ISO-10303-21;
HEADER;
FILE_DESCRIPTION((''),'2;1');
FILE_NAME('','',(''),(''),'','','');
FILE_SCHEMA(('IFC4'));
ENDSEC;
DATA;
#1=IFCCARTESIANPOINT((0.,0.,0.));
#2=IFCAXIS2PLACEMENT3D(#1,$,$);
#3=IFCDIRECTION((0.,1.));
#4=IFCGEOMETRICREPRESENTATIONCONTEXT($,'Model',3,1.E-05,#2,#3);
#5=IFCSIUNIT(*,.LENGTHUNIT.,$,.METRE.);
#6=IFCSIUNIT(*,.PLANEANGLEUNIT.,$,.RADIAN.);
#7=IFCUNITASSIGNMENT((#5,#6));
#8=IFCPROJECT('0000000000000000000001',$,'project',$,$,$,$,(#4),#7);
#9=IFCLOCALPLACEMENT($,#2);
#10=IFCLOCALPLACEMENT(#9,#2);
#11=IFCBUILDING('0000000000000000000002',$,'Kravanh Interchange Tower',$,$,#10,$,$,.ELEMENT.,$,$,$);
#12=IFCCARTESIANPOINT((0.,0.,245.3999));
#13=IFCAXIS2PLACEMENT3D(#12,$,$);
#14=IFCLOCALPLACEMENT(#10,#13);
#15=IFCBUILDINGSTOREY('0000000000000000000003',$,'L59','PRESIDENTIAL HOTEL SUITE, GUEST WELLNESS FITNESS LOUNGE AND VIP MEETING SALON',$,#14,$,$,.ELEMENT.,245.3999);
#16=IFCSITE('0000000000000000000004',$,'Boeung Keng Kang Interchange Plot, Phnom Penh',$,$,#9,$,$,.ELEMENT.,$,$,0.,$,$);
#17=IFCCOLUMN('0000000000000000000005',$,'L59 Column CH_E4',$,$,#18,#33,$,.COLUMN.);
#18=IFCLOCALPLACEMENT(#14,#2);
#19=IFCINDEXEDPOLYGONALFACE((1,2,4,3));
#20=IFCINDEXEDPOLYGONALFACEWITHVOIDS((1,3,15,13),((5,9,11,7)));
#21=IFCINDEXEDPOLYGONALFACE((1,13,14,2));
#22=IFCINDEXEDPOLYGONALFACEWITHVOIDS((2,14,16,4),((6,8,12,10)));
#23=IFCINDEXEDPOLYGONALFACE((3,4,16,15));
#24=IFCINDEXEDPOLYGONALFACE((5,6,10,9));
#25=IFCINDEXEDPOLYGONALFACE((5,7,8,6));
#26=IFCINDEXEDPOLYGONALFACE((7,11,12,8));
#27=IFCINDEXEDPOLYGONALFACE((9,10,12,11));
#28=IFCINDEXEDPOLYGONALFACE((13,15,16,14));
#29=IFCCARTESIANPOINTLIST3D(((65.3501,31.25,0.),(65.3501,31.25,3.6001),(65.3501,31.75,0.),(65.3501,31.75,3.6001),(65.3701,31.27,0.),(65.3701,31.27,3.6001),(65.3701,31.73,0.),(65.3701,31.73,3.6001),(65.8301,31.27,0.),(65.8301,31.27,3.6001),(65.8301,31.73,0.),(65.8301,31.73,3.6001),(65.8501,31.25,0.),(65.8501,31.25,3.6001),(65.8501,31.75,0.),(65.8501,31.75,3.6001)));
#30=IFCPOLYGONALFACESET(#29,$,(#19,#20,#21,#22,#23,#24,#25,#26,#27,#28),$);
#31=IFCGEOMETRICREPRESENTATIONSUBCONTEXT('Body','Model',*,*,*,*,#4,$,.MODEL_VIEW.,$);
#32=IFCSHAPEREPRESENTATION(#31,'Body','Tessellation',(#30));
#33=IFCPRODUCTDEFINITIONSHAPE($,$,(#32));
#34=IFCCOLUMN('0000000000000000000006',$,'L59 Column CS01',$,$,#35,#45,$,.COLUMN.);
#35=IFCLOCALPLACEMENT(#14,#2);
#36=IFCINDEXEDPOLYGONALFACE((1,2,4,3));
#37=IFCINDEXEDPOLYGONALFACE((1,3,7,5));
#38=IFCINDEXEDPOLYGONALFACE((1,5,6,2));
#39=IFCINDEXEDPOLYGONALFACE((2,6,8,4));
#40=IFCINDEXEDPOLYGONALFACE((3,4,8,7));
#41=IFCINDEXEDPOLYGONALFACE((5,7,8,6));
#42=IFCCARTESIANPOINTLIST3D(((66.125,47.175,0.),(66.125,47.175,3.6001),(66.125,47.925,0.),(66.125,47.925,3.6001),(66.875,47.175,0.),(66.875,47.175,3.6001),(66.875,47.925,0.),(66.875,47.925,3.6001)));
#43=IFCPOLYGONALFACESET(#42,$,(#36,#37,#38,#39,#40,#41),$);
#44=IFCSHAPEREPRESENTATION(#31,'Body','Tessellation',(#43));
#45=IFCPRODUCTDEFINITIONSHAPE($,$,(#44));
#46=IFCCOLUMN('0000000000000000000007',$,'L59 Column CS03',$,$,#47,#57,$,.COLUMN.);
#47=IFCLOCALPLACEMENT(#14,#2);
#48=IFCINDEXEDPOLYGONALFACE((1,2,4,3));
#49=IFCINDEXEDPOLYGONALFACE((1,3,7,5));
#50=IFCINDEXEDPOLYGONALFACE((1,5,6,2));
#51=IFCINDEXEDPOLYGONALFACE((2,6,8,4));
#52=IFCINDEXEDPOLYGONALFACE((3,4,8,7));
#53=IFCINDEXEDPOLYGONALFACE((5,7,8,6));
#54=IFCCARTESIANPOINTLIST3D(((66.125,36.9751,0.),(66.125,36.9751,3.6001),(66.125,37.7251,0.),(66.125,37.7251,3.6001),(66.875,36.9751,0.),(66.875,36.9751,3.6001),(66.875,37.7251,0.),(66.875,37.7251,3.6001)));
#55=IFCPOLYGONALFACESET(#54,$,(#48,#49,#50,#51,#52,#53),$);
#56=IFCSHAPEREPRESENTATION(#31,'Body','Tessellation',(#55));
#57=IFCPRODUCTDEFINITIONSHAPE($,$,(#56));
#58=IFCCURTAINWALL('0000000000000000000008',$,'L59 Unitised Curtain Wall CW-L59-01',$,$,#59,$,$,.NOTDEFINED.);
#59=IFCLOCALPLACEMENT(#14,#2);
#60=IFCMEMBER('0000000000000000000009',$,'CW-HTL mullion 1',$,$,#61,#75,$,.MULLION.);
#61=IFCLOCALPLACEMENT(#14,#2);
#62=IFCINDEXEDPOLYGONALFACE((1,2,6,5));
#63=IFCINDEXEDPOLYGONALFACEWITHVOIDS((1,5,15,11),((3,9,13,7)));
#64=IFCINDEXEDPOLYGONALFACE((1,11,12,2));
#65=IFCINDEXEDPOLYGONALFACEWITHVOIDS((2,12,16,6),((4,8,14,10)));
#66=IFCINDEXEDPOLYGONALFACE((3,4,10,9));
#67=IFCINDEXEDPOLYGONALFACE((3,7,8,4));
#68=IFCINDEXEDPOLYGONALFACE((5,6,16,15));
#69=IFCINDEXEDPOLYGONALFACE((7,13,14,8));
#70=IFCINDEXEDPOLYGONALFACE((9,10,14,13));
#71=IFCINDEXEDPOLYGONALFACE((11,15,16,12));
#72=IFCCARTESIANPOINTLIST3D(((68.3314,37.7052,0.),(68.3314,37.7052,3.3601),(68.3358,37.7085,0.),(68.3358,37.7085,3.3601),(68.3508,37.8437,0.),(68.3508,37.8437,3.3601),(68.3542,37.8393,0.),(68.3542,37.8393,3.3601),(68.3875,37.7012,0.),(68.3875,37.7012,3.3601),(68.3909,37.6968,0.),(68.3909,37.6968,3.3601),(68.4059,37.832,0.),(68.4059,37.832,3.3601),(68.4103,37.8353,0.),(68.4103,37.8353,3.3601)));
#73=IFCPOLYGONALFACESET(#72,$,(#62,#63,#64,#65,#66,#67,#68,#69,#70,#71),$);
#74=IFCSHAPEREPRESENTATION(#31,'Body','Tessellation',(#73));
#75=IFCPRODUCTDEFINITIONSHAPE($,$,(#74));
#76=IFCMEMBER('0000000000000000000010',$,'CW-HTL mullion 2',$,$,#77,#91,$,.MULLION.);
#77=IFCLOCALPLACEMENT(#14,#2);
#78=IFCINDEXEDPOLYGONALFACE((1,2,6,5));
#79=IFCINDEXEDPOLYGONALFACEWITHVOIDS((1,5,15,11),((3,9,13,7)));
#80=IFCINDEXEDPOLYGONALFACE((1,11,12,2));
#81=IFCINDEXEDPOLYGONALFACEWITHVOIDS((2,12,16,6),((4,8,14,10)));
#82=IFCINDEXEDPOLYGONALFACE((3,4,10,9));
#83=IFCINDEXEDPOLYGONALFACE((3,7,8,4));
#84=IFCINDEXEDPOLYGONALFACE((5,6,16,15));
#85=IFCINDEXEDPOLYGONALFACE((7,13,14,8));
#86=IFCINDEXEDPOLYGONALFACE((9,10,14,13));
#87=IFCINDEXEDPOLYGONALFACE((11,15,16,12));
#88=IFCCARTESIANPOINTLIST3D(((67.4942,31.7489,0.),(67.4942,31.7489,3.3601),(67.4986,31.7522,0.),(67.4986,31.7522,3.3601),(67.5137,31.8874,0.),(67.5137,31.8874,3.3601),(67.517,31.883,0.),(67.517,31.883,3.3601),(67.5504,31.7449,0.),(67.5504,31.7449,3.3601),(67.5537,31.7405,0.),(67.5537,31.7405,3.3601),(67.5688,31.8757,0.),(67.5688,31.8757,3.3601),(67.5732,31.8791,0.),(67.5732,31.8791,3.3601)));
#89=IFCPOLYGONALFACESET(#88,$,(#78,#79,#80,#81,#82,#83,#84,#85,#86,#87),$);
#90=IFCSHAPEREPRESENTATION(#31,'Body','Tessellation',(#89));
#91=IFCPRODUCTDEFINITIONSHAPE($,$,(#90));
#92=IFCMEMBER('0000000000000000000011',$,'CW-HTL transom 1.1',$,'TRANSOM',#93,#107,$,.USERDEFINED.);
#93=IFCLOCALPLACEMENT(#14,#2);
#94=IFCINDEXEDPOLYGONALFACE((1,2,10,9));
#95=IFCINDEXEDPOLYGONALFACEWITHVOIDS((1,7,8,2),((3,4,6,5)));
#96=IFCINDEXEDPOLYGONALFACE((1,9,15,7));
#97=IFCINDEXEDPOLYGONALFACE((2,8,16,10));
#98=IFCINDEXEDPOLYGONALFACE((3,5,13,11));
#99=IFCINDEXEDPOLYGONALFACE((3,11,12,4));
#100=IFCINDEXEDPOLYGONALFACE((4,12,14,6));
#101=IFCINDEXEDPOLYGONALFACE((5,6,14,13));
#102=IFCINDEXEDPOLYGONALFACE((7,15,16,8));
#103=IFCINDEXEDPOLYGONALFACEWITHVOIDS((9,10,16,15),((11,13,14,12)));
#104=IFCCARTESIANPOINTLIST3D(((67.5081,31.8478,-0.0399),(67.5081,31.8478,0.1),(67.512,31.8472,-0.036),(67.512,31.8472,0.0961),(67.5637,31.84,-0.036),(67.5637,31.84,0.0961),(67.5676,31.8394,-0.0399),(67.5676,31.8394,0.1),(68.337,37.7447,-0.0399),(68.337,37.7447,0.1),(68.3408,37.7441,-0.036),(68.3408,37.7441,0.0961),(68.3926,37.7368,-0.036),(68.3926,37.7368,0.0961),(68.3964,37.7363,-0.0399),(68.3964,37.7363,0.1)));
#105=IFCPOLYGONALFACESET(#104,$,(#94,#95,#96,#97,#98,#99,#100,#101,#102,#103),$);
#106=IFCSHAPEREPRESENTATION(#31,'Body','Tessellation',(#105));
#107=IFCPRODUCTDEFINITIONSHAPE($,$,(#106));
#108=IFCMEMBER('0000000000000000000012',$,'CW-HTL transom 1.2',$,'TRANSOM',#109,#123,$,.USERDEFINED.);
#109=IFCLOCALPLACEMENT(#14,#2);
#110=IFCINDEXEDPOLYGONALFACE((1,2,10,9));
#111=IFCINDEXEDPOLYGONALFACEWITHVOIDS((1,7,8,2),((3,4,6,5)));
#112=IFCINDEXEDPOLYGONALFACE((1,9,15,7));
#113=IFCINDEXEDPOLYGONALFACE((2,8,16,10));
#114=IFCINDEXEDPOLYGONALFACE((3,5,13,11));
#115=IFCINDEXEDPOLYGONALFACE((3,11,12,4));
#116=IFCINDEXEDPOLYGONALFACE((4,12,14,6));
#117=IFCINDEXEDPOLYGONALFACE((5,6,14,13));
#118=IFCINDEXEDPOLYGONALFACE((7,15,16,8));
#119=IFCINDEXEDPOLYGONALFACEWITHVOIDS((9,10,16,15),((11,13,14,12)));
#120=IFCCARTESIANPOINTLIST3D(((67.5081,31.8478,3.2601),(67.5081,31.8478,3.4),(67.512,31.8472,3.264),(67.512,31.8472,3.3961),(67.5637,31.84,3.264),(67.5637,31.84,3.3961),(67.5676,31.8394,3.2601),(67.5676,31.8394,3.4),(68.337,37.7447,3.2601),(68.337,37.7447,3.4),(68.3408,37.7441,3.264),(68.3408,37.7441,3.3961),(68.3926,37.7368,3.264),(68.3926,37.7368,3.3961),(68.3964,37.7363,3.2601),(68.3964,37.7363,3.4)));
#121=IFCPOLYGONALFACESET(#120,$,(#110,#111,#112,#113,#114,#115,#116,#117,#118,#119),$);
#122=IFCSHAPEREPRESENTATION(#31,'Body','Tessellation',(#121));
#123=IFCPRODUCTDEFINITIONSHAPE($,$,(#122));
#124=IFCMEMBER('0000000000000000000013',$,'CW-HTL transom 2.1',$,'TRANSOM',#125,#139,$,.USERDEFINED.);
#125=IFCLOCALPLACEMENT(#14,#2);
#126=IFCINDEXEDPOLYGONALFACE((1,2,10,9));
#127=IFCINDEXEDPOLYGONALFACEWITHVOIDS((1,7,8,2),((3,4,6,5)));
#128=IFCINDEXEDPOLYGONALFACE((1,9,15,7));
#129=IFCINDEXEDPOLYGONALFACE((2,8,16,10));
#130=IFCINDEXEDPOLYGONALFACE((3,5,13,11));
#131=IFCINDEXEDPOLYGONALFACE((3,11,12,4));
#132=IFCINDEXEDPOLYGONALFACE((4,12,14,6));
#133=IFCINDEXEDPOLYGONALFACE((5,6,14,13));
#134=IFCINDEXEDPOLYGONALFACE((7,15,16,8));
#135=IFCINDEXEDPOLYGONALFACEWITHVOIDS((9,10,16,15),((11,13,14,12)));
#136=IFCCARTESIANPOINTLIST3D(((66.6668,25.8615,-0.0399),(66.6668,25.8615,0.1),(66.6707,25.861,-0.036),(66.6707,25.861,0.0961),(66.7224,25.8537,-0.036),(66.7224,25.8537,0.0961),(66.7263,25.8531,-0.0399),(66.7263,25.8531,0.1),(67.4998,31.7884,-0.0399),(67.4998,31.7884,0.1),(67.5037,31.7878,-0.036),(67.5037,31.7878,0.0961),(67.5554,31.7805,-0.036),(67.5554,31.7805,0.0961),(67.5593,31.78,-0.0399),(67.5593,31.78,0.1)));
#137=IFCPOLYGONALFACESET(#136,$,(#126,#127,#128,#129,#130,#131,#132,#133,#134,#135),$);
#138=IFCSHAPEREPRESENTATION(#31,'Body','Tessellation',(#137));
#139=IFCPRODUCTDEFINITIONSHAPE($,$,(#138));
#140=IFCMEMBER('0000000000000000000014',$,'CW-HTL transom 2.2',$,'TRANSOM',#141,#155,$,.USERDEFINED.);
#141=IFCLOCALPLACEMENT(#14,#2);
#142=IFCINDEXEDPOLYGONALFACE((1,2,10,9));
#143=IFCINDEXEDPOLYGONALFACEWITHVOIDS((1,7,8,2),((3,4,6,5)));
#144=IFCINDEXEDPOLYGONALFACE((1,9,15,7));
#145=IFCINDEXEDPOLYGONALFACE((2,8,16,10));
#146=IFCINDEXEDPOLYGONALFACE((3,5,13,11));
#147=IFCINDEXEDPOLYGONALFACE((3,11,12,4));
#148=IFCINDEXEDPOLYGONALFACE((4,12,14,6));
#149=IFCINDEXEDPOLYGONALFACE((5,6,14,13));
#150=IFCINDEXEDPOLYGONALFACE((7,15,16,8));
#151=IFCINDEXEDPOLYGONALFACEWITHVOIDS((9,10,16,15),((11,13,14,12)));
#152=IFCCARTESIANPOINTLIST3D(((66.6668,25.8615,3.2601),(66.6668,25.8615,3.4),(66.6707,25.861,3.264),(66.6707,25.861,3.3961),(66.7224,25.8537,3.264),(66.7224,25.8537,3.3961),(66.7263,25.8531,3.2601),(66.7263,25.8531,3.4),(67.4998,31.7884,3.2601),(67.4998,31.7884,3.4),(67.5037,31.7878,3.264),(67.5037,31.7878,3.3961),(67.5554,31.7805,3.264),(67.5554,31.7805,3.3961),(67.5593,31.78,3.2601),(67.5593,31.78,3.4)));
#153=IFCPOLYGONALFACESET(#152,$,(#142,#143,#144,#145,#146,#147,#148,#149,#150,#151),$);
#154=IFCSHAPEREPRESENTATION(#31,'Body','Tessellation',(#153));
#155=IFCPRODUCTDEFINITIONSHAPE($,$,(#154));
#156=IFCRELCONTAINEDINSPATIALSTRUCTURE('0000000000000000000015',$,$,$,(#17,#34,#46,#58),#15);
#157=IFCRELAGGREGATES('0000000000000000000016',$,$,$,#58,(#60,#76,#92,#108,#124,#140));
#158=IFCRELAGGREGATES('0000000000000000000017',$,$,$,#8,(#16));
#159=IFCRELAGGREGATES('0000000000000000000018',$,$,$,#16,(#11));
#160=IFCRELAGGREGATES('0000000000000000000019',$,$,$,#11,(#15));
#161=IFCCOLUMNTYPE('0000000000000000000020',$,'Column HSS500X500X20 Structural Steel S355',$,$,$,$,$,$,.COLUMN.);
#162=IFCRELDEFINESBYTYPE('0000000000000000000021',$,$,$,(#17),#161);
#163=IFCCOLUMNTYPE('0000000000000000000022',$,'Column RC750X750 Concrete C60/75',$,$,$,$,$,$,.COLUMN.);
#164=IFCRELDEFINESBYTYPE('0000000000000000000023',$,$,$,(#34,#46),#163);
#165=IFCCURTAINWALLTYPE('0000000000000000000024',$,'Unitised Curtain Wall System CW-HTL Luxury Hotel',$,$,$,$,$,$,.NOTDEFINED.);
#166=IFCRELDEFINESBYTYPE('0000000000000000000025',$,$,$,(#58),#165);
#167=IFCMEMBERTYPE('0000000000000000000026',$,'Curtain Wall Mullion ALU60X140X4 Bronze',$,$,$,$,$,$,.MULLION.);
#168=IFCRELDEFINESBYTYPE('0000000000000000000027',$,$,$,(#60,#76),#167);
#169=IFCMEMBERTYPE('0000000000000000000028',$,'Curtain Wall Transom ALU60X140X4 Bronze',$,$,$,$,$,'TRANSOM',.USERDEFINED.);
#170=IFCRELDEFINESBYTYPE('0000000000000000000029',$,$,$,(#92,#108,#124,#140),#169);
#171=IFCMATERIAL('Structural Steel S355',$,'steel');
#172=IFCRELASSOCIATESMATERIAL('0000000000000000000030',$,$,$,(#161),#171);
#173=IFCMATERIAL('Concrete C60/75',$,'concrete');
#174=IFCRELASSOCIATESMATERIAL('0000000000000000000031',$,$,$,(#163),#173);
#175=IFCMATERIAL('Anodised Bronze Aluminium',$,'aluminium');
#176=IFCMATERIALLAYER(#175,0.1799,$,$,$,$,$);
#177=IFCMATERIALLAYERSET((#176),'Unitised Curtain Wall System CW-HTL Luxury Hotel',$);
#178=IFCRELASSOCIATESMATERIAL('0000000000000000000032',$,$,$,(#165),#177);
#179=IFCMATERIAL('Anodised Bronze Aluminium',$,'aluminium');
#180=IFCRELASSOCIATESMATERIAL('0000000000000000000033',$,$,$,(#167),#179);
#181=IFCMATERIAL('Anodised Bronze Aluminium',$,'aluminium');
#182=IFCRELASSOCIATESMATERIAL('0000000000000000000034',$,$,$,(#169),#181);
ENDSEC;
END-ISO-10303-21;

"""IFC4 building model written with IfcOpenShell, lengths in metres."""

from ifc_helpers import new_model, si_unit, direction, frame, origin, origin_2d, place, context, subcontext, project, spatial, rectangle, hollow_rectangle, extrude, material, layer, layer_set, material_profile, profile_set, type_object, element, aggregate, save


model = new_model("IFC4")

# Units and contexts
model_context = context("Model", 3, precision=1e-05, world=origin(), true_north=direction((0.0, 1.0)))
body_context = subcontext(model_context, "Body", "Model", "MODEL_VIEW")
ifc_project = project(units=[si_unit("LENGTHUNIT", "METRE"), si_unit("PLANEANGLEUNIT", "RADIAN")], contexts=[model_context])

# Site, building, storey
site_placement = place(None, origin())
site = spatial("IfcSite", under=ifc_project, at=site_placement, Name="Boeung Keng Kang Interchange Plot, Phnom Penh", CompositionType="ELEMENT", RefElevation=0.0)
building_placement = place(site_placement, origin())
building = spatial("IfcBuilding", under=site, at=building_placement, Name="Kravanh Interchange Tower", CompositionType="ELEMENT")
storey_placement = place(building_placement, frame((0.0, 0.0, 245.3999)))
storey = spatial("IfcBuildingStorey", under=building, at=storey_placement, Name="L59", Description="PRESIDENTIAL HOTEL SUITE, GUEST WELLNESS FITNESS LOUNGE AND VIP MEETING SALON", CompositionType="ELEMENT", Elevation=245.3999)

# Columns
ifc_material_1 = material(Name="Structural Steel S355", Category="steel")
ifc_material_profile_1 = material_profile(ifc_material_1, hollow_rectangle(XDim=0.5, YDim=0.5, WallThickness=0.02, at=origin_2d()), Name="HSS500X500X20")
ifc_profile_set_1 = profile_set([ifc_material_profile_1], Name="Structural Steel S355")
column_type_1 = type_object("IfcColumnType", Name="Column HSS500X500X20 Structural Steel S355", PredefinedType="COLUMN", material=ifc_profile_set_1)
column_placement = place(storey_placement, frame((65.6001, 31.5, 0.0), z_axis=(0.0, 0.0, 1.0), x_axis=(1.0, 0.0, 0.0)))
element("IfcColumn", 1, at=column_placement, inside=storey, type_object=column_type_1, Name="L59 Column CH_E4", PredefinedType="COLUMN", context=body_context, shape_type="SweptSolid", body=[
    extrude(hollow_rectangle(XDim=0.5, YDim=0.5, WallThickness=0.02, at=origin_2d()), origin(), (0.0, 0.0, 1.0), 3.6001),
])
ifc_material_2 = material(Name="Concrete C60/75", Category="concrete")
ifc_material_profile_2 = material_profile(ifc_material_2, rectangle(XDim=0.75, YDim=0.75, at=origin_2d()), Name="RC750X750")
ifc_profile_set_2 = profile_set([ifc_material_profile_2], Name="Concrete C60/75")
column_type_2 = type_object("IfcColumnType", Name="Column RC750X750 Concrete C60/75", PredefinedType="COLUMN", material=ifc_profile_set_2)
for number, where, z_axis, x_axis, name in (
    (2, (66.5, 47.55, 0.0), (0.0, 0.0, 1.0), (1.0, 0.0, 0.0), "L59 Column CS01"),
    (3, (66.5, 37.3501, 0.0), (0.0, 0.0, 1.0), (1.0, 0.0, 0.0), "L59 Column CS03"),
):
    element("IfcColumn", number, at=place(storey_placement, frame(where, z_axis=z_axis, x_axis=x_axis)), inside=storey, type_object=column_type_2, Name=name, PredefinedType="COLUMN", context=body_context, shape_type="SweptSolid", body=[
        extrude(rectangle(XDim=0.75, YDim=0.75, at=origin_2d()), origin(), (0.0, 0.0, 1.0), 3.6001),
    ])

# Curtain wall, members
ifc_material_3 = material(Name="Anodised Bronze Aluminium", Category="aluminium")
ifc_layer_1 = layer(ifc_material_3, 0.1799)
ifc_layer_set_1 = layer_set([ifc_layer_1], Name="Unitised Curtain Wall System CW-HTL Luxury Hotel")
curtain_wall_type = type_object("IfcCurtainWallType", Name="Unitised Curtain Wall System CW-HTL Luxury Hotel", PredefinedType="NOTDEFINED", material=ifc_layer_set_1)
curtain_wall_placement = place(storey_placement, origin())
curtain_wall = element("IfcCurtainWall", 4, at=curtain_wall_placement, inside=storey, type_object=curtain_wall_type, Name="L59 Unitised Curtain Wall CW-L59-01", PredefinedType="NOTDEFINED")
ifc_material_4 = material(Name="Anodised Bronze Aluminium", Category="aluminium")
ifc_material_profile_3 = material_profile(ifc_material_4, hollow_rectangle(XDim=0.0601, YDim=0.1399, WallThickness=0.0039, at=origin_2d()), Name="ALU60X140X4")
ifc_profile_set_3 = profile_set([ifc_material_profile_3], Name="Anodised Bronze Aluminium")
member_type_1 = type_object("IfcMemberType", Name="Curtain Wall Mullion ALU60X140X4 Bronze", PredefinedType="MULLION", material=ifc_profile_set_3)
member_1_placement = place(storey_placement, frame((68.3708, 37.7703, 0.0), z_axis=(0.0, 0.0, 1.0), x_axis=(0.990268, -0.139174, 0.0)))
member_1 = element("IfcMember", 5, at=member_1_placement, type_object=member_type_1, Name="CW-HTL mullion 1", PredefinedType="MULLION", context=body_context, shape_type="SweptSolid", body=[
    extrude(hollow_rectangle(XDim=0.0601, YDim=0.1399, WallThickness=0.0039, at=origin_2d()), origin(), (0.0, 0.0, 1.0), 3.3601),
])
member_2_placement = place(storey_placement, frame((67.5337, 31.814, 0.0), z_axis=(0.0, 0.0, 1.0), x_axis=(0.990268, -0.139174, 0.0)))
member_2 = element("IfcMember", 6, at=member_2_placement, type_object=member_type_1, Name="CW-HTL mullion 2", PredefinedType="MULLION", context=body_context, shape_type="SweptSolid", body=[
    extrude(hollow_rectangle(XDim=0.0601, YDim=0.1399, WallThickness=0.0039, at=origin_2d()), origin(), (0.0, 0.0, 1.0), 3.3601),
])
ifc_material_5 = material(Name="Anodised Bronze Aluminium", Category="aluminium")
ifc_material_profile_4 = material_profile(ifc_material_5, hollow_rectangle(XDim=0.0601, YDim=0.1399, WallThickness=0.0039, at=origin_2d()), Name="ALU60X140X4")
ifc_profile_set_4 = profile_set([ifc_material_profile_4], Name="Anodised Bronze Aluminium")
member_type_2 = type_object("IfcMemberType", Name="Curtain Wall Transom ALU60X140X4 Bronze", ElementType="TRANSOM", PredefinedType="USERDEFINED", material=ifc_profile_set_4)
member_3_placement = place(storey_placement, frame((68.3667, 37.7405, 0.03), z_axis=(-0.139188, -0.990266, 0.0), x_axis=(0.990266, -0.139188, 0.0)))
member_3 = element("IfcMember", 7, at=member_3_placement, type_object=member_type_2, Name="CW-HTL transom 1.1", ObjectType="TRANSOM", PredefinedType="USERDEFINED", context=body_context, shape_type="SweptSolid", body=[
    extrude(hollow_rectangle(XDim=0.0601, YDim=0.1399, WallThickness=0.0039, at=origin_2d()), origin(), (0.0, 0.0, 1.0), 5.9548),
])
member_4_placement = place(storey_placement, frame((68.3667, 37.7405, 3.3301), z_axis=(-0.139188, -0.990266, 0.0), x_axis=(0.990266, -0.139188, 0.0)))
member_4 = element("IfcMember", 8, at=member_4_placement, type_object=member_type_2, Name="CW-HTL transom 1.2", ObjectType="TRANSOM", PredefinedType="USERDEFINED", context=body_context, shape_type="SweptSolid", body=[
    extrude(hollow_rectangle(XDim=0.0601, YDim=0.1399, WallThickness=0.0039, at=origin_2d()), origin(), (0.0, 0.0, 1.0), 5.9548),
])
member_5_placement = place(storey_placement, frame((67.5295, 31.7842, 0.03), z_axis=(-0.139182, -0.990267, 0.0), x_axis=(0.990267, -0.139182, 0.0)))
member_5 = element("IfcMember", 9, at=member_5_placement, type_object=member_type_2, Name="CW-HTL transom 2.1", ObjectType="TRANSOM", PredefinedType="USERDEFINED", context=body_context, shape_type="SweptSolid", body=[
    extrude(hollow_rectangle(XDim=0.0601, YDim=0.1399, WallThickness=0.0039, at=origin_2d()), origin(), (0.0, 0.0, 1.0), 5.9851),
])
member_6_placement = place(storey_placement, frame((67.5295, 31.7842, 3.3301), z_axis=(-0.139182, -0.990267, 0.0), x_axis=(0.990267, -0.139182, 0.0)))
member_6 = element("IfcMember", 10, at=member_6_placement, type_object=member_type_2, Name="CW-HTL transom 2.2", ObjectType="TRANSOM", PredefinedType="USERDEFINED", context=body_context, shape_type="SweptSolid", body=[
    extrude(hollow_rectangle(XDim=0.0601, YDim=0.1399, WallThickness=0.0039, at=origin_2d()), origin(), (0.0, 0.0, 1.0), 5.9851),
])

aggregate(curtain_wall, [member_1, member_2, member_3, member_4, member_5, member_6])

save(model, "model.ifc")
